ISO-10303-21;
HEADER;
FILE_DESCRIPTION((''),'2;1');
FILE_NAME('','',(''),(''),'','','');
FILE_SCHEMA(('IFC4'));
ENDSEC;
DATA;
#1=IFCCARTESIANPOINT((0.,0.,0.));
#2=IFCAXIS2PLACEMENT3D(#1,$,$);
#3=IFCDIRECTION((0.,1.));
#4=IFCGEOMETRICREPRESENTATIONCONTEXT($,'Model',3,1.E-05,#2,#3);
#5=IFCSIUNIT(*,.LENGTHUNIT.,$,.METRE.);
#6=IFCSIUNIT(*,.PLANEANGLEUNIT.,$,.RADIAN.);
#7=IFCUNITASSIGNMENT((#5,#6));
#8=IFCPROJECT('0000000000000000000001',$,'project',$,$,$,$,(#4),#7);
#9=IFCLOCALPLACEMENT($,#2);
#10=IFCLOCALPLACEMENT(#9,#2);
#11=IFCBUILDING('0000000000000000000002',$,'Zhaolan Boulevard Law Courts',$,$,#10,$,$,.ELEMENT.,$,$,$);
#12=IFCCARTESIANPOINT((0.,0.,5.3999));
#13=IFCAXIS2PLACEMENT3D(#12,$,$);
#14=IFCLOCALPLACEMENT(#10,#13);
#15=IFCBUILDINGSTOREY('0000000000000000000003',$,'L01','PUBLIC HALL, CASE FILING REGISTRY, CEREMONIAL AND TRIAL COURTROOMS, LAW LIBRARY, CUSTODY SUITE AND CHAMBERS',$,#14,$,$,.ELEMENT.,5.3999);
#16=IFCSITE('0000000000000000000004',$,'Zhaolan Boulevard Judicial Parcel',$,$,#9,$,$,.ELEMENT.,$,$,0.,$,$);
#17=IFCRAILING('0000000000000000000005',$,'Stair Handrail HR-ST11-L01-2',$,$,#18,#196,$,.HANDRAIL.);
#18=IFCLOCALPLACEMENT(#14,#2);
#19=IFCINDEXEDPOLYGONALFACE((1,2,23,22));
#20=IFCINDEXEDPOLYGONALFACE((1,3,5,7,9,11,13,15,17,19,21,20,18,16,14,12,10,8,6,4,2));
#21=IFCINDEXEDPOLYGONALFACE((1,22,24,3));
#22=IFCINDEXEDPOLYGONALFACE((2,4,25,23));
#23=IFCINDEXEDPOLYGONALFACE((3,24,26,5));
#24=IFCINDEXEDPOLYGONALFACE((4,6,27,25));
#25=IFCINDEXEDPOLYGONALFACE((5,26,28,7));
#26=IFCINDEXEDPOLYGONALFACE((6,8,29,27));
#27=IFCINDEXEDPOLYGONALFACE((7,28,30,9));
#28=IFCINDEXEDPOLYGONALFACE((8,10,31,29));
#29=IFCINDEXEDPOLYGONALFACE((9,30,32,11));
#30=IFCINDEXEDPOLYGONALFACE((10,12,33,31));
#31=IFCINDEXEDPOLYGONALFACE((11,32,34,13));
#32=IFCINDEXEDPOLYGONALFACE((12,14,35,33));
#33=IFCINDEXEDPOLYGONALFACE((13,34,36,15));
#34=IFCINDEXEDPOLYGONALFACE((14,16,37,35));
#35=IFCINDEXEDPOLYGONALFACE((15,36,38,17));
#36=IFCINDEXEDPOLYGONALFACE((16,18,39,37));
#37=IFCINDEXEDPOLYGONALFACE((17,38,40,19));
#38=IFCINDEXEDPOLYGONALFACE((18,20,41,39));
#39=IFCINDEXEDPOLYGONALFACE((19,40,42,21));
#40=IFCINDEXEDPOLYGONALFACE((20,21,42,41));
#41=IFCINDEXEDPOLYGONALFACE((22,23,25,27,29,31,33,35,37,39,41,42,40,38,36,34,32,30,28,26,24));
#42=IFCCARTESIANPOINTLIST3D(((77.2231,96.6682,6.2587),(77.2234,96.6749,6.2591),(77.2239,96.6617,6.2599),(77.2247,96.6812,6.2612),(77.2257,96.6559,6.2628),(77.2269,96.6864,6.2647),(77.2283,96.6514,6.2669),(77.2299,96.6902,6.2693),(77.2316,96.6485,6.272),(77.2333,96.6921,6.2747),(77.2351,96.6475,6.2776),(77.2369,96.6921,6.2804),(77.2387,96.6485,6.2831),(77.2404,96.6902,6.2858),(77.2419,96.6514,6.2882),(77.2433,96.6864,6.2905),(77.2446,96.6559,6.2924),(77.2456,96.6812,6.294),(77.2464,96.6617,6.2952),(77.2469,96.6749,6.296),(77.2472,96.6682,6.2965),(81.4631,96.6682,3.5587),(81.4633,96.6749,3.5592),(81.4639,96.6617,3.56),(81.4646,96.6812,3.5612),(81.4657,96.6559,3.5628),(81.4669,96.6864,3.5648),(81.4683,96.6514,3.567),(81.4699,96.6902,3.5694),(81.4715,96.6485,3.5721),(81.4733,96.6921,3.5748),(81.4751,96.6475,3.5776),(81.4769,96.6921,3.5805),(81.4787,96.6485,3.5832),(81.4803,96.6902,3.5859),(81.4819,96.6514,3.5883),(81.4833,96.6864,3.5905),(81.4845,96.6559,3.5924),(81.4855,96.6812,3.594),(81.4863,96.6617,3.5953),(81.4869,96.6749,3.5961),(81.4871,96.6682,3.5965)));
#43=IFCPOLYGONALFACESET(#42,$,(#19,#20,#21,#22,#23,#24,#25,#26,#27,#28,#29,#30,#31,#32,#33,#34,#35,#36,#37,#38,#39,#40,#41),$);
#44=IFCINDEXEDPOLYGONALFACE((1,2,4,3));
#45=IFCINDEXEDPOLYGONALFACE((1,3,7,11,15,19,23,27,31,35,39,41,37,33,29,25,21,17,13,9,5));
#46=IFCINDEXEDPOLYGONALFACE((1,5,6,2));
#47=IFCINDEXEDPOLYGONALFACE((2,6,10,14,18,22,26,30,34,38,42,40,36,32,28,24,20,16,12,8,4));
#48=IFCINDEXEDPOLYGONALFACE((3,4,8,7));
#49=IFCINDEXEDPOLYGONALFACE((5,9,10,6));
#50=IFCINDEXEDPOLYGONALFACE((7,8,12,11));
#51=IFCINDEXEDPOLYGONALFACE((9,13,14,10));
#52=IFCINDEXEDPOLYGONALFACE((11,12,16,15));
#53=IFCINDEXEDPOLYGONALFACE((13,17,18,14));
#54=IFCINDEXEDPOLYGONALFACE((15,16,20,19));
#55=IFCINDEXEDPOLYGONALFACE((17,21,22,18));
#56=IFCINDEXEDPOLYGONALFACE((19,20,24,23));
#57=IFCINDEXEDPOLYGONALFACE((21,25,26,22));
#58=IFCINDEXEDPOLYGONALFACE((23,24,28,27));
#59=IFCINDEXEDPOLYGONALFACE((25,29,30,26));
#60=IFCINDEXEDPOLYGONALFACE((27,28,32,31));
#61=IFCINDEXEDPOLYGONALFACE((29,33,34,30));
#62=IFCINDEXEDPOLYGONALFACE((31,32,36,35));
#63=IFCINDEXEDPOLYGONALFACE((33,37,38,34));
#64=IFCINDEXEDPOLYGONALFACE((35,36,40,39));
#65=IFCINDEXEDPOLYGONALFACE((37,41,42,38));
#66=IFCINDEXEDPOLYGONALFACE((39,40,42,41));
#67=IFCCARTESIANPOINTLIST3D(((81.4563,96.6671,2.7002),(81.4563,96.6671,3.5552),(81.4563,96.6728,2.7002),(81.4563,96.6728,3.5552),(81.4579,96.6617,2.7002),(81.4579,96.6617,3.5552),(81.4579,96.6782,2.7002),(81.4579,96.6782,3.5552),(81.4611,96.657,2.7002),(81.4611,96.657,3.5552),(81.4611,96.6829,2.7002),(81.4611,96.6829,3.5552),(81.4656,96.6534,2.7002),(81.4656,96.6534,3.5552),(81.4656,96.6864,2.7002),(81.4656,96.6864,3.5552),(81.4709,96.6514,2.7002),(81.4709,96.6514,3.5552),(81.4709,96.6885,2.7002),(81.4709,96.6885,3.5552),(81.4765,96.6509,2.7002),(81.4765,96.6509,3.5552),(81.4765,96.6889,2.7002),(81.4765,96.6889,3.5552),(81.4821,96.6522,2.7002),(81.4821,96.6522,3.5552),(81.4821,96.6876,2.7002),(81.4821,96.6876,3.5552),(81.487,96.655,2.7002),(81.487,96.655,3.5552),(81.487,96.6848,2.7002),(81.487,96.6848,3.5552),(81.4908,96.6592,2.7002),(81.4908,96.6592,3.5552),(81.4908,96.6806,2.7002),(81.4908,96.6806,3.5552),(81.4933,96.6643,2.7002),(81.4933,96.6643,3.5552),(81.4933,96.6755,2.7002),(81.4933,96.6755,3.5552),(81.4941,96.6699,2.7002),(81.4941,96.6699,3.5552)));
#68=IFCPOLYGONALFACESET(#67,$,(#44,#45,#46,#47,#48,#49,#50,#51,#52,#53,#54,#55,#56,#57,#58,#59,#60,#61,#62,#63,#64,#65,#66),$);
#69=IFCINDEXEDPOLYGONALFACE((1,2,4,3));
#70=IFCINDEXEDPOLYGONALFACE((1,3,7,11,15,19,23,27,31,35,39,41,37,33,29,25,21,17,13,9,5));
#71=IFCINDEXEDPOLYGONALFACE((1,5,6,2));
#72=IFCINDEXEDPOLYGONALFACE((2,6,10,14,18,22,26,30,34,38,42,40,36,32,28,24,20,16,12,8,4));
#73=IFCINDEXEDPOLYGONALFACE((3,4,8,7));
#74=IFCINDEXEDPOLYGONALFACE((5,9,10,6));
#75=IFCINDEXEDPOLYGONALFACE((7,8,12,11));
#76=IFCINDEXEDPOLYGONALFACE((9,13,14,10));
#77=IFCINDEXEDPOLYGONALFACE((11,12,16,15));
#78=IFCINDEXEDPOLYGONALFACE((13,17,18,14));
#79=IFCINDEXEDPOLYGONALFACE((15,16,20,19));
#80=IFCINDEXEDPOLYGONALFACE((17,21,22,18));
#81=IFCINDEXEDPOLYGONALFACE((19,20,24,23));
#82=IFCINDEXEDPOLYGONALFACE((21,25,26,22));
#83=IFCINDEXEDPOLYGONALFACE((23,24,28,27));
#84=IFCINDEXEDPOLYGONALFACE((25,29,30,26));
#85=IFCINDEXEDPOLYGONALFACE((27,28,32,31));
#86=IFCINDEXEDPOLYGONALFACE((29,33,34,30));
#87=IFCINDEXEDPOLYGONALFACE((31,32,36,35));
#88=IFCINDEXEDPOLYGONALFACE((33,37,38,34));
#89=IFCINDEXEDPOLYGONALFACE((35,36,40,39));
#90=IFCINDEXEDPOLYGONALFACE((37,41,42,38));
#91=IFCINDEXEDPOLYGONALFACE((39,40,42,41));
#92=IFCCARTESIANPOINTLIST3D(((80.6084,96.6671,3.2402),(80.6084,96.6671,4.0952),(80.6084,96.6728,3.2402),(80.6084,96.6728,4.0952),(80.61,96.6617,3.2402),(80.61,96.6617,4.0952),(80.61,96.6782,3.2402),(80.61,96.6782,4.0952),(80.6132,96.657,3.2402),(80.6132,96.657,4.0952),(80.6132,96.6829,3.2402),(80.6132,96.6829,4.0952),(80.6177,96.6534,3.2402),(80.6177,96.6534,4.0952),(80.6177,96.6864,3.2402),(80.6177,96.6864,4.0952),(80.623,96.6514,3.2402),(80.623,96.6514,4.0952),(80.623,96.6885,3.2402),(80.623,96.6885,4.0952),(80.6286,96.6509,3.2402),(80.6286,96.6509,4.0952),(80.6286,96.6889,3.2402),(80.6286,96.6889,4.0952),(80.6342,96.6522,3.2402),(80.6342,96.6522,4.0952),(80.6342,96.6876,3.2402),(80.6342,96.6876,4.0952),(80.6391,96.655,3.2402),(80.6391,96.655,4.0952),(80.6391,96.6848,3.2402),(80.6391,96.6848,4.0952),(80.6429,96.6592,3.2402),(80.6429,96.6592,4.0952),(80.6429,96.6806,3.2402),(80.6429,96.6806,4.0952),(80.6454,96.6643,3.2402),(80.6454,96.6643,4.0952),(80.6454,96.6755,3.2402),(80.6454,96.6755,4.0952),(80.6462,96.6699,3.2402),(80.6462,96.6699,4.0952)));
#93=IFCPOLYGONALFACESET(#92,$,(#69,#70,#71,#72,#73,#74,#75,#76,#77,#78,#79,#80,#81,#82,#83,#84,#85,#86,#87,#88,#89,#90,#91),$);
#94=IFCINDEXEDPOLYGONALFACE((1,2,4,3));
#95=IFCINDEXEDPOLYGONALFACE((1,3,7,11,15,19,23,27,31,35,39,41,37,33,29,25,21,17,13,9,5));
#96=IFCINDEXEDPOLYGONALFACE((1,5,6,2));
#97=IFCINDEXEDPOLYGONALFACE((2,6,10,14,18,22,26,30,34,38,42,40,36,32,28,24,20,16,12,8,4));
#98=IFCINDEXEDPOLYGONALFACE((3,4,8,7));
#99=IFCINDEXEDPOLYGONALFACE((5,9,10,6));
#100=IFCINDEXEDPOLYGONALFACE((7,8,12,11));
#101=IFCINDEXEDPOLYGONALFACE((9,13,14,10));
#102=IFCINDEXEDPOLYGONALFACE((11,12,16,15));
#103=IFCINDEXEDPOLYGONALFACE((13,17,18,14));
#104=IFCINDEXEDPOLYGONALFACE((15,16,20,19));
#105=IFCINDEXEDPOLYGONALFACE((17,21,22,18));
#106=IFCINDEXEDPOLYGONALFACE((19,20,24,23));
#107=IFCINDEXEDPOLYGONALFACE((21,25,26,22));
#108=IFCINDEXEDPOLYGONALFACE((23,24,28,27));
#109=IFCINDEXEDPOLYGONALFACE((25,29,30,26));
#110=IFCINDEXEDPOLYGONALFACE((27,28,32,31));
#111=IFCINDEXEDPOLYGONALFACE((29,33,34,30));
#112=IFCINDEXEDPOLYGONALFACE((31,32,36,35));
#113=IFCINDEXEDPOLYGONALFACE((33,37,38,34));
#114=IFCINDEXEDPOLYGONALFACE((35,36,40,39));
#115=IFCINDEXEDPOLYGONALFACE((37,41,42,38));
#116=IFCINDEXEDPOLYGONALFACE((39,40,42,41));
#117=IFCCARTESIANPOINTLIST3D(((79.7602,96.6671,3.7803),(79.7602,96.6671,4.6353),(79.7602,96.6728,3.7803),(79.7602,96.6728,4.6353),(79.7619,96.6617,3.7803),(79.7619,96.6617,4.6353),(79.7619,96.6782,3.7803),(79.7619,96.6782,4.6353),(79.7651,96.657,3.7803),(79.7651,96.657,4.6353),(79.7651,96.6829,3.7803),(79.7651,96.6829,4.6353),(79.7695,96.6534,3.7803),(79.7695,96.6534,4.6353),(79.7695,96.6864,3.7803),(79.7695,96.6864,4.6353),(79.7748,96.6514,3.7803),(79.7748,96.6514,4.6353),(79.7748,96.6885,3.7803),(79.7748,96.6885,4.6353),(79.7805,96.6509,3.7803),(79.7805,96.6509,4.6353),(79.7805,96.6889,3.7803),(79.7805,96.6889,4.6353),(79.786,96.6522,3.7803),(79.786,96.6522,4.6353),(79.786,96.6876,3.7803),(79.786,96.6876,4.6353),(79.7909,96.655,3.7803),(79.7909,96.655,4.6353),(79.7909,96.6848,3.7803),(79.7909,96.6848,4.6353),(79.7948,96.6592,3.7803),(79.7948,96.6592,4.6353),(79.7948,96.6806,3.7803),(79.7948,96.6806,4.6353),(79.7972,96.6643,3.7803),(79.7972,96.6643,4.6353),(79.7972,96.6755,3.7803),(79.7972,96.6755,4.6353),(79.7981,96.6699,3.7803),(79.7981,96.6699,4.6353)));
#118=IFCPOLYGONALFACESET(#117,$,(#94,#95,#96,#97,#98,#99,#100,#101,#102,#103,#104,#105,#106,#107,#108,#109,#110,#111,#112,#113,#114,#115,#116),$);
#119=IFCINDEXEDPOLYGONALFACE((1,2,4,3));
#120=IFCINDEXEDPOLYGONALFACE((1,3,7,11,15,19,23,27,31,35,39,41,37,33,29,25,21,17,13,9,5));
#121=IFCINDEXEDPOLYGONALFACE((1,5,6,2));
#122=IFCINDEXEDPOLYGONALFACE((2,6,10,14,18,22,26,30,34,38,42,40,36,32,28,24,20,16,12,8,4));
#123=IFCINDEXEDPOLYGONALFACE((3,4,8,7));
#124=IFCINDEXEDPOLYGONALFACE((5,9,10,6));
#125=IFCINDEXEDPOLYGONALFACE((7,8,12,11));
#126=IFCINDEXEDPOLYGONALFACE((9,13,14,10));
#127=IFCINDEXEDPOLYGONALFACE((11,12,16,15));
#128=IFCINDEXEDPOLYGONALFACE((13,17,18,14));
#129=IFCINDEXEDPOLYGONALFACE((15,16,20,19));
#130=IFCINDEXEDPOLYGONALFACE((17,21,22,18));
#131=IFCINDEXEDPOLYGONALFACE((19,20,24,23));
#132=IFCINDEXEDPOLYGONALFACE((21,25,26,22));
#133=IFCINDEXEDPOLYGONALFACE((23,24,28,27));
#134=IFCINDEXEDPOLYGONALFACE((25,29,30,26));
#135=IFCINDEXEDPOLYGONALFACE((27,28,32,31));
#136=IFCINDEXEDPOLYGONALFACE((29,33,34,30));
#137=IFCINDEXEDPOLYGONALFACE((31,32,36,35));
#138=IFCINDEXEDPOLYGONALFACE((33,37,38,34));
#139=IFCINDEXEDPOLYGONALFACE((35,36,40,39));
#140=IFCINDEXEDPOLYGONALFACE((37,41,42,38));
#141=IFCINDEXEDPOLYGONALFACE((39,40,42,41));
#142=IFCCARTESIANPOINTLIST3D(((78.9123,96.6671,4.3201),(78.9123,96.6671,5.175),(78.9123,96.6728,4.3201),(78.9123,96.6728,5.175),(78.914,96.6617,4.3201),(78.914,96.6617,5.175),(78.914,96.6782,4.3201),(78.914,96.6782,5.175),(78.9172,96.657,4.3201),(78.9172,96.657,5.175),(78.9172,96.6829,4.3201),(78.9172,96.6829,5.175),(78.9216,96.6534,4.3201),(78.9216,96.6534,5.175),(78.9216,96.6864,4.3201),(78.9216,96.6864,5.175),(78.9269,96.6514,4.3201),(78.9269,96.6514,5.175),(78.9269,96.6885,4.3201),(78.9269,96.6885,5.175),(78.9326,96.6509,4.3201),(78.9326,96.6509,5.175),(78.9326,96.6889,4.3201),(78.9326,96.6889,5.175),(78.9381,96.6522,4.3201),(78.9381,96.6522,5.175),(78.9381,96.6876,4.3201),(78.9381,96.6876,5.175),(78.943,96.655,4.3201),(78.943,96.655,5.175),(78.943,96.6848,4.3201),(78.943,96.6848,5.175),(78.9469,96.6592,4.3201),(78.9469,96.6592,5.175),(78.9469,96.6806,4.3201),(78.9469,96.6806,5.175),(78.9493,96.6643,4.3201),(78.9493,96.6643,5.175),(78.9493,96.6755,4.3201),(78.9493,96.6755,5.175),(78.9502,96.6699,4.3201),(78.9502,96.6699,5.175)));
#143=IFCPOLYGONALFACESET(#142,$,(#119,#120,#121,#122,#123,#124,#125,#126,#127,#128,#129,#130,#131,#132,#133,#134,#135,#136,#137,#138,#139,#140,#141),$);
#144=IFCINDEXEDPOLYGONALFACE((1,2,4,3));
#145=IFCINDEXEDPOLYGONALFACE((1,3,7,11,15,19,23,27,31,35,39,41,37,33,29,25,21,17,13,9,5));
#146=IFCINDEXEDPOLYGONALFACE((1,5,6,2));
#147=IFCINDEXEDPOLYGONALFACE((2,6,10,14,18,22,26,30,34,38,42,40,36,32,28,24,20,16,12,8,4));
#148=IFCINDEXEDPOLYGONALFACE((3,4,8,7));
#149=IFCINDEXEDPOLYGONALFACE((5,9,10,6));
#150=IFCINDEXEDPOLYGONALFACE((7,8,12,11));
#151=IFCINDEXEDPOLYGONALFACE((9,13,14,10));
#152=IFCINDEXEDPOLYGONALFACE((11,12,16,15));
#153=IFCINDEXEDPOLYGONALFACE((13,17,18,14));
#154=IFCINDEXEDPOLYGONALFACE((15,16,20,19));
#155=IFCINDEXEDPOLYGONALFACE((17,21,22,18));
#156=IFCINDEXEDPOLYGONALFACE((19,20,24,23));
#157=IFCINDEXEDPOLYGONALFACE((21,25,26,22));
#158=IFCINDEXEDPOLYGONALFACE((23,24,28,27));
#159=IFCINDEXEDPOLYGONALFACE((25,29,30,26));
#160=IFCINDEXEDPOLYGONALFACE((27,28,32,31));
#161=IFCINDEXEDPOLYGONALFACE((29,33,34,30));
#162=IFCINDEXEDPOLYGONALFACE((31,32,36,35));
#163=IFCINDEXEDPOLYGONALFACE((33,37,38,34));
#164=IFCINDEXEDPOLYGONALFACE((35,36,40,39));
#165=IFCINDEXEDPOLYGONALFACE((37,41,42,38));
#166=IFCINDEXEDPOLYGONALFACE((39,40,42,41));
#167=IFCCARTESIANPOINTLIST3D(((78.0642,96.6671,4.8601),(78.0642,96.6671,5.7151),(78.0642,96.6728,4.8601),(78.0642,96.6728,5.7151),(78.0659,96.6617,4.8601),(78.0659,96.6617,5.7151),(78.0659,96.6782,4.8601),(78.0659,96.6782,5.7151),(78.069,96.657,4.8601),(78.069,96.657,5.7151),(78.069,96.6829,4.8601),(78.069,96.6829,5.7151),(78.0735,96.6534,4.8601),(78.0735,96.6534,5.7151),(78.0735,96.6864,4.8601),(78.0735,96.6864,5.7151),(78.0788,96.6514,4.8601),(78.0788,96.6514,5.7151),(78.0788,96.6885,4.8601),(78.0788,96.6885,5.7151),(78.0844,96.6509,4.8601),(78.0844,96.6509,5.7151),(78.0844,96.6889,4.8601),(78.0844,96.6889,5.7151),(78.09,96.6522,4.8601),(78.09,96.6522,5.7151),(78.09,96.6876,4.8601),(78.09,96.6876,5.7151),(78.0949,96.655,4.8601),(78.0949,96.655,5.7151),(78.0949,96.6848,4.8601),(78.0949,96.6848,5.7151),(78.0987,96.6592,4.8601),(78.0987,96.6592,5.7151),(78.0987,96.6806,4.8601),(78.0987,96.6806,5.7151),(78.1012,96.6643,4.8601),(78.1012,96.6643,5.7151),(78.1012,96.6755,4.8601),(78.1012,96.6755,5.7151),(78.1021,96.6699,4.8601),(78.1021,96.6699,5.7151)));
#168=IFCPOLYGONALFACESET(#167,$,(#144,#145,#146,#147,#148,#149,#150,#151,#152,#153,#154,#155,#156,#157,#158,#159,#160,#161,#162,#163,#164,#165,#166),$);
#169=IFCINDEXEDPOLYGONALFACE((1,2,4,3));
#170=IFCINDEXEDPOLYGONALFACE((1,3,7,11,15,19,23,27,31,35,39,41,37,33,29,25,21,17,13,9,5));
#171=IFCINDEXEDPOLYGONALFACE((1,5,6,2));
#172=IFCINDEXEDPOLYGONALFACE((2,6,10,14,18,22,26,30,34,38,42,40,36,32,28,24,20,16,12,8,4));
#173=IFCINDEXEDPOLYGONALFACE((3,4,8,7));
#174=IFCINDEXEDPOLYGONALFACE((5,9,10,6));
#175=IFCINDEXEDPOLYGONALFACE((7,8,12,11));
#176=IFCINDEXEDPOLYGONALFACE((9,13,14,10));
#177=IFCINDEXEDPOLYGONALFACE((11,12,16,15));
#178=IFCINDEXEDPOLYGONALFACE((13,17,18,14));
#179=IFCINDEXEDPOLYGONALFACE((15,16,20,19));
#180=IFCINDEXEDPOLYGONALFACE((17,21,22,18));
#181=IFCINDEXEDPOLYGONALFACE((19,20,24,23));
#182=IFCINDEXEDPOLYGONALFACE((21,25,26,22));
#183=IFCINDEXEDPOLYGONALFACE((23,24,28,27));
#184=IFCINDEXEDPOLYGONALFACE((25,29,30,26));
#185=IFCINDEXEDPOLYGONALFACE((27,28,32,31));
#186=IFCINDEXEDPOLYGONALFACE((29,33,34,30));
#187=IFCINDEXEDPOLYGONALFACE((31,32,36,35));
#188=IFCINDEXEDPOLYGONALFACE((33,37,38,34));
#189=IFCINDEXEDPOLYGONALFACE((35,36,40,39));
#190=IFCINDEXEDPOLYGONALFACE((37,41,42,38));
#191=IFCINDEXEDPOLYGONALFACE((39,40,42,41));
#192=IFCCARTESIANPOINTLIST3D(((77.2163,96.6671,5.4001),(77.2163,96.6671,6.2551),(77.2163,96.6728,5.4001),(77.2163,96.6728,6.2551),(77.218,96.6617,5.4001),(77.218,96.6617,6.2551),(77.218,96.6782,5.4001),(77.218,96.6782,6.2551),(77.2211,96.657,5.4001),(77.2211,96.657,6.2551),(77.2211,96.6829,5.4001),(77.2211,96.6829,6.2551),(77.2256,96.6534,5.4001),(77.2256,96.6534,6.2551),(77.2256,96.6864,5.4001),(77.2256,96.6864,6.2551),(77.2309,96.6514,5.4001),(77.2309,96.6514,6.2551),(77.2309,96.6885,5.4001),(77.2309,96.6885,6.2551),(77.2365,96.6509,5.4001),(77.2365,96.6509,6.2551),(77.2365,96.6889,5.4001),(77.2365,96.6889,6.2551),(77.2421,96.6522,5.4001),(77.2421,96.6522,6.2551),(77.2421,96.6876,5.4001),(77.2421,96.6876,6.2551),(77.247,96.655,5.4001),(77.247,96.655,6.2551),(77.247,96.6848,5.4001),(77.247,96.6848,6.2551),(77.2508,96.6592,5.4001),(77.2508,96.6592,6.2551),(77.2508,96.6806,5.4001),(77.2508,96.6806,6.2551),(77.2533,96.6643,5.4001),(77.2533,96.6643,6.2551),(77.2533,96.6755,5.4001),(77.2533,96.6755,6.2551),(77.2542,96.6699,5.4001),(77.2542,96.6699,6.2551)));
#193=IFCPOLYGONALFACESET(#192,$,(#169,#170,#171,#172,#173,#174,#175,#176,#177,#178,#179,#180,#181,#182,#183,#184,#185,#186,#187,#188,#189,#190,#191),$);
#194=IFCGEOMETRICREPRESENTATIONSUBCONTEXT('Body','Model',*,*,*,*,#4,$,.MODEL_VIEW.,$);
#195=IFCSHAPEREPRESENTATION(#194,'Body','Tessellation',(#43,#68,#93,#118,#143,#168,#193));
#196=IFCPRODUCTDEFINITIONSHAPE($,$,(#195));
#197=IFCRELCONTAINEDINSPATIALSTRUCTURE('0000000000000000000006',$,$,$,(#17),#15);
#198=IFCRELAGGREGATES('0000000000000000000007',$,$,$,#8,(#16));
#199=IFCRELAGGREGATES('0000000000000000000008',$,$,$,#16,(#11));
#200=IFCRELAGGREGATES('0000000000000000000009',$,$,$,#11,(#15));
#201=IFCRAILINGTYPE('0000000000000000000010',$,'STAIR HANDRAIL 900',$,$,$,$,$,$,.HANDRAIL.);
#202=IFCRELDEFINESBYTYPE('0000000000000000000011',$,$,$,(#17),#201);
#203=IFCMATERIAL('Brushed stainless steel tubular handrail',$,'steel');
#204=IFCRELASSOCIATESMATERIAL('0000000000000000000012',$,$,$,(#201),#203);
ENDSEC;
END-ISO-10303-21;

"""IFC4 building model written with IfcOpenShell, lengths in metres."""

from ifc_helpers import new_model, si_unit, direction, frame, origin, origin_2d, place, context, subcontext, project, spatial, circle, extrude, material, type_object, element, save


model = new_model("IFC4")

# Units and contexts
model_context = context("Model", 3, precision=1e-05, world=origin(), true_north=direction((0.0, 1.0)))
body_context = subcontext(model_context, "Body", "Model", "MODEL_VIEW")
ifc_project = project(units=[si_unit("LENGTHUNIT", "METRE"), si_unit("PLANEANGLEUNIT", "RADIAN")], contexts=[model_context])

# Site, building, storey
site_placement = place(None, origin())
site = spatial("IfcSite", under=ifc_project, at=site_placement, Name="Zhaolan Boulevard Judicial Parcel", CompositionType="ELEMENT", RefElevation=0.0)
building_placement = place(site_placement, origin())
building = spatial("IfcBuilding", under=site, at=building_placement, Name="Zhaolan Boulevard Law Courts", CompositionType="ELEMENT")
storey_placement = place(building_placement, frame((0.0, 0.0, 5.3999)))
storey = spatial("IfcBuildingStorey", under=building, at=storey_placement, Name="L01", Description="PUBLIC HALL, CASE FILING REGISTRY, CEREMONIAL AND TRIAL COURTROOMS, LAW LIBRARY, CUSTODY SUITE AND CHAMBERS", CompositionType="ELEMENT", Elevation=5.3999)

# Railing
ifc_material_1 = material(Name="Brushed stainless steel tubular handrail", Category="steel")
railing_type_1 = type_object("IfcRailingType", Name="STAIR HANDRAIL 900", PredefinedType="HANDRAIL", material=ifc_material_1)
railing_1_placement = place(storey_placement, frame((81.4751, 96.6699, 2.7002)))
element("IfcRailing", 1, at=railing_1_placement, inside=storey, type_object=railing_type_1, Name="Stair Handrail HR-ST11-L01-2", PredefinedType="HANDRAIL", context=body_context, shape_type="SweptSolid", body=[
    extrude(circle(Radius=0.0225, at=origin_2d()), frame((0.0, 0.0, 0.8774), z_axis=(-0.843501, 0.0, 0.537127), x_axis=(0.0, -1.0, 0.0)), (0.0, 0.0, 1.0), 5.0266),
    extrude(circle(Radius=0.019, at=origin_2d()), origin(), (0.0, 0.0, 1.0), 0.855),
    extrude(circle(Radius=0.019, at=origin_2d()), frame((-0.8479, 0.0, 0.54)), (0.0, 0.0, 1.0), 0.855),
    extrude(circle(Radius=0.019, at=origin_2d()), frame((-1.696, 0.0, 1.0801)), (0.0, 0.0, 1.0), 0.855),
    extrude(circle(Radius=0.019, at=origin_2d()), frame((-2.5439, 0.0, 1.6199)), (0.0, 0.0, 1.0), 0.855),
    extrude(circle(Radius=0.019, at=origin_2d()), frame((-3.3921, 0.0, 2.1599)), (0.0, 0.0, 1.0), 0.855),
    extrude(circle(Radius=0.019, at=origin_2d()), frame((-4.24, 0.0, 2.7)), (0.0, 0.0, 1.0), 0.855),
])

save(model, "model.ifc")
